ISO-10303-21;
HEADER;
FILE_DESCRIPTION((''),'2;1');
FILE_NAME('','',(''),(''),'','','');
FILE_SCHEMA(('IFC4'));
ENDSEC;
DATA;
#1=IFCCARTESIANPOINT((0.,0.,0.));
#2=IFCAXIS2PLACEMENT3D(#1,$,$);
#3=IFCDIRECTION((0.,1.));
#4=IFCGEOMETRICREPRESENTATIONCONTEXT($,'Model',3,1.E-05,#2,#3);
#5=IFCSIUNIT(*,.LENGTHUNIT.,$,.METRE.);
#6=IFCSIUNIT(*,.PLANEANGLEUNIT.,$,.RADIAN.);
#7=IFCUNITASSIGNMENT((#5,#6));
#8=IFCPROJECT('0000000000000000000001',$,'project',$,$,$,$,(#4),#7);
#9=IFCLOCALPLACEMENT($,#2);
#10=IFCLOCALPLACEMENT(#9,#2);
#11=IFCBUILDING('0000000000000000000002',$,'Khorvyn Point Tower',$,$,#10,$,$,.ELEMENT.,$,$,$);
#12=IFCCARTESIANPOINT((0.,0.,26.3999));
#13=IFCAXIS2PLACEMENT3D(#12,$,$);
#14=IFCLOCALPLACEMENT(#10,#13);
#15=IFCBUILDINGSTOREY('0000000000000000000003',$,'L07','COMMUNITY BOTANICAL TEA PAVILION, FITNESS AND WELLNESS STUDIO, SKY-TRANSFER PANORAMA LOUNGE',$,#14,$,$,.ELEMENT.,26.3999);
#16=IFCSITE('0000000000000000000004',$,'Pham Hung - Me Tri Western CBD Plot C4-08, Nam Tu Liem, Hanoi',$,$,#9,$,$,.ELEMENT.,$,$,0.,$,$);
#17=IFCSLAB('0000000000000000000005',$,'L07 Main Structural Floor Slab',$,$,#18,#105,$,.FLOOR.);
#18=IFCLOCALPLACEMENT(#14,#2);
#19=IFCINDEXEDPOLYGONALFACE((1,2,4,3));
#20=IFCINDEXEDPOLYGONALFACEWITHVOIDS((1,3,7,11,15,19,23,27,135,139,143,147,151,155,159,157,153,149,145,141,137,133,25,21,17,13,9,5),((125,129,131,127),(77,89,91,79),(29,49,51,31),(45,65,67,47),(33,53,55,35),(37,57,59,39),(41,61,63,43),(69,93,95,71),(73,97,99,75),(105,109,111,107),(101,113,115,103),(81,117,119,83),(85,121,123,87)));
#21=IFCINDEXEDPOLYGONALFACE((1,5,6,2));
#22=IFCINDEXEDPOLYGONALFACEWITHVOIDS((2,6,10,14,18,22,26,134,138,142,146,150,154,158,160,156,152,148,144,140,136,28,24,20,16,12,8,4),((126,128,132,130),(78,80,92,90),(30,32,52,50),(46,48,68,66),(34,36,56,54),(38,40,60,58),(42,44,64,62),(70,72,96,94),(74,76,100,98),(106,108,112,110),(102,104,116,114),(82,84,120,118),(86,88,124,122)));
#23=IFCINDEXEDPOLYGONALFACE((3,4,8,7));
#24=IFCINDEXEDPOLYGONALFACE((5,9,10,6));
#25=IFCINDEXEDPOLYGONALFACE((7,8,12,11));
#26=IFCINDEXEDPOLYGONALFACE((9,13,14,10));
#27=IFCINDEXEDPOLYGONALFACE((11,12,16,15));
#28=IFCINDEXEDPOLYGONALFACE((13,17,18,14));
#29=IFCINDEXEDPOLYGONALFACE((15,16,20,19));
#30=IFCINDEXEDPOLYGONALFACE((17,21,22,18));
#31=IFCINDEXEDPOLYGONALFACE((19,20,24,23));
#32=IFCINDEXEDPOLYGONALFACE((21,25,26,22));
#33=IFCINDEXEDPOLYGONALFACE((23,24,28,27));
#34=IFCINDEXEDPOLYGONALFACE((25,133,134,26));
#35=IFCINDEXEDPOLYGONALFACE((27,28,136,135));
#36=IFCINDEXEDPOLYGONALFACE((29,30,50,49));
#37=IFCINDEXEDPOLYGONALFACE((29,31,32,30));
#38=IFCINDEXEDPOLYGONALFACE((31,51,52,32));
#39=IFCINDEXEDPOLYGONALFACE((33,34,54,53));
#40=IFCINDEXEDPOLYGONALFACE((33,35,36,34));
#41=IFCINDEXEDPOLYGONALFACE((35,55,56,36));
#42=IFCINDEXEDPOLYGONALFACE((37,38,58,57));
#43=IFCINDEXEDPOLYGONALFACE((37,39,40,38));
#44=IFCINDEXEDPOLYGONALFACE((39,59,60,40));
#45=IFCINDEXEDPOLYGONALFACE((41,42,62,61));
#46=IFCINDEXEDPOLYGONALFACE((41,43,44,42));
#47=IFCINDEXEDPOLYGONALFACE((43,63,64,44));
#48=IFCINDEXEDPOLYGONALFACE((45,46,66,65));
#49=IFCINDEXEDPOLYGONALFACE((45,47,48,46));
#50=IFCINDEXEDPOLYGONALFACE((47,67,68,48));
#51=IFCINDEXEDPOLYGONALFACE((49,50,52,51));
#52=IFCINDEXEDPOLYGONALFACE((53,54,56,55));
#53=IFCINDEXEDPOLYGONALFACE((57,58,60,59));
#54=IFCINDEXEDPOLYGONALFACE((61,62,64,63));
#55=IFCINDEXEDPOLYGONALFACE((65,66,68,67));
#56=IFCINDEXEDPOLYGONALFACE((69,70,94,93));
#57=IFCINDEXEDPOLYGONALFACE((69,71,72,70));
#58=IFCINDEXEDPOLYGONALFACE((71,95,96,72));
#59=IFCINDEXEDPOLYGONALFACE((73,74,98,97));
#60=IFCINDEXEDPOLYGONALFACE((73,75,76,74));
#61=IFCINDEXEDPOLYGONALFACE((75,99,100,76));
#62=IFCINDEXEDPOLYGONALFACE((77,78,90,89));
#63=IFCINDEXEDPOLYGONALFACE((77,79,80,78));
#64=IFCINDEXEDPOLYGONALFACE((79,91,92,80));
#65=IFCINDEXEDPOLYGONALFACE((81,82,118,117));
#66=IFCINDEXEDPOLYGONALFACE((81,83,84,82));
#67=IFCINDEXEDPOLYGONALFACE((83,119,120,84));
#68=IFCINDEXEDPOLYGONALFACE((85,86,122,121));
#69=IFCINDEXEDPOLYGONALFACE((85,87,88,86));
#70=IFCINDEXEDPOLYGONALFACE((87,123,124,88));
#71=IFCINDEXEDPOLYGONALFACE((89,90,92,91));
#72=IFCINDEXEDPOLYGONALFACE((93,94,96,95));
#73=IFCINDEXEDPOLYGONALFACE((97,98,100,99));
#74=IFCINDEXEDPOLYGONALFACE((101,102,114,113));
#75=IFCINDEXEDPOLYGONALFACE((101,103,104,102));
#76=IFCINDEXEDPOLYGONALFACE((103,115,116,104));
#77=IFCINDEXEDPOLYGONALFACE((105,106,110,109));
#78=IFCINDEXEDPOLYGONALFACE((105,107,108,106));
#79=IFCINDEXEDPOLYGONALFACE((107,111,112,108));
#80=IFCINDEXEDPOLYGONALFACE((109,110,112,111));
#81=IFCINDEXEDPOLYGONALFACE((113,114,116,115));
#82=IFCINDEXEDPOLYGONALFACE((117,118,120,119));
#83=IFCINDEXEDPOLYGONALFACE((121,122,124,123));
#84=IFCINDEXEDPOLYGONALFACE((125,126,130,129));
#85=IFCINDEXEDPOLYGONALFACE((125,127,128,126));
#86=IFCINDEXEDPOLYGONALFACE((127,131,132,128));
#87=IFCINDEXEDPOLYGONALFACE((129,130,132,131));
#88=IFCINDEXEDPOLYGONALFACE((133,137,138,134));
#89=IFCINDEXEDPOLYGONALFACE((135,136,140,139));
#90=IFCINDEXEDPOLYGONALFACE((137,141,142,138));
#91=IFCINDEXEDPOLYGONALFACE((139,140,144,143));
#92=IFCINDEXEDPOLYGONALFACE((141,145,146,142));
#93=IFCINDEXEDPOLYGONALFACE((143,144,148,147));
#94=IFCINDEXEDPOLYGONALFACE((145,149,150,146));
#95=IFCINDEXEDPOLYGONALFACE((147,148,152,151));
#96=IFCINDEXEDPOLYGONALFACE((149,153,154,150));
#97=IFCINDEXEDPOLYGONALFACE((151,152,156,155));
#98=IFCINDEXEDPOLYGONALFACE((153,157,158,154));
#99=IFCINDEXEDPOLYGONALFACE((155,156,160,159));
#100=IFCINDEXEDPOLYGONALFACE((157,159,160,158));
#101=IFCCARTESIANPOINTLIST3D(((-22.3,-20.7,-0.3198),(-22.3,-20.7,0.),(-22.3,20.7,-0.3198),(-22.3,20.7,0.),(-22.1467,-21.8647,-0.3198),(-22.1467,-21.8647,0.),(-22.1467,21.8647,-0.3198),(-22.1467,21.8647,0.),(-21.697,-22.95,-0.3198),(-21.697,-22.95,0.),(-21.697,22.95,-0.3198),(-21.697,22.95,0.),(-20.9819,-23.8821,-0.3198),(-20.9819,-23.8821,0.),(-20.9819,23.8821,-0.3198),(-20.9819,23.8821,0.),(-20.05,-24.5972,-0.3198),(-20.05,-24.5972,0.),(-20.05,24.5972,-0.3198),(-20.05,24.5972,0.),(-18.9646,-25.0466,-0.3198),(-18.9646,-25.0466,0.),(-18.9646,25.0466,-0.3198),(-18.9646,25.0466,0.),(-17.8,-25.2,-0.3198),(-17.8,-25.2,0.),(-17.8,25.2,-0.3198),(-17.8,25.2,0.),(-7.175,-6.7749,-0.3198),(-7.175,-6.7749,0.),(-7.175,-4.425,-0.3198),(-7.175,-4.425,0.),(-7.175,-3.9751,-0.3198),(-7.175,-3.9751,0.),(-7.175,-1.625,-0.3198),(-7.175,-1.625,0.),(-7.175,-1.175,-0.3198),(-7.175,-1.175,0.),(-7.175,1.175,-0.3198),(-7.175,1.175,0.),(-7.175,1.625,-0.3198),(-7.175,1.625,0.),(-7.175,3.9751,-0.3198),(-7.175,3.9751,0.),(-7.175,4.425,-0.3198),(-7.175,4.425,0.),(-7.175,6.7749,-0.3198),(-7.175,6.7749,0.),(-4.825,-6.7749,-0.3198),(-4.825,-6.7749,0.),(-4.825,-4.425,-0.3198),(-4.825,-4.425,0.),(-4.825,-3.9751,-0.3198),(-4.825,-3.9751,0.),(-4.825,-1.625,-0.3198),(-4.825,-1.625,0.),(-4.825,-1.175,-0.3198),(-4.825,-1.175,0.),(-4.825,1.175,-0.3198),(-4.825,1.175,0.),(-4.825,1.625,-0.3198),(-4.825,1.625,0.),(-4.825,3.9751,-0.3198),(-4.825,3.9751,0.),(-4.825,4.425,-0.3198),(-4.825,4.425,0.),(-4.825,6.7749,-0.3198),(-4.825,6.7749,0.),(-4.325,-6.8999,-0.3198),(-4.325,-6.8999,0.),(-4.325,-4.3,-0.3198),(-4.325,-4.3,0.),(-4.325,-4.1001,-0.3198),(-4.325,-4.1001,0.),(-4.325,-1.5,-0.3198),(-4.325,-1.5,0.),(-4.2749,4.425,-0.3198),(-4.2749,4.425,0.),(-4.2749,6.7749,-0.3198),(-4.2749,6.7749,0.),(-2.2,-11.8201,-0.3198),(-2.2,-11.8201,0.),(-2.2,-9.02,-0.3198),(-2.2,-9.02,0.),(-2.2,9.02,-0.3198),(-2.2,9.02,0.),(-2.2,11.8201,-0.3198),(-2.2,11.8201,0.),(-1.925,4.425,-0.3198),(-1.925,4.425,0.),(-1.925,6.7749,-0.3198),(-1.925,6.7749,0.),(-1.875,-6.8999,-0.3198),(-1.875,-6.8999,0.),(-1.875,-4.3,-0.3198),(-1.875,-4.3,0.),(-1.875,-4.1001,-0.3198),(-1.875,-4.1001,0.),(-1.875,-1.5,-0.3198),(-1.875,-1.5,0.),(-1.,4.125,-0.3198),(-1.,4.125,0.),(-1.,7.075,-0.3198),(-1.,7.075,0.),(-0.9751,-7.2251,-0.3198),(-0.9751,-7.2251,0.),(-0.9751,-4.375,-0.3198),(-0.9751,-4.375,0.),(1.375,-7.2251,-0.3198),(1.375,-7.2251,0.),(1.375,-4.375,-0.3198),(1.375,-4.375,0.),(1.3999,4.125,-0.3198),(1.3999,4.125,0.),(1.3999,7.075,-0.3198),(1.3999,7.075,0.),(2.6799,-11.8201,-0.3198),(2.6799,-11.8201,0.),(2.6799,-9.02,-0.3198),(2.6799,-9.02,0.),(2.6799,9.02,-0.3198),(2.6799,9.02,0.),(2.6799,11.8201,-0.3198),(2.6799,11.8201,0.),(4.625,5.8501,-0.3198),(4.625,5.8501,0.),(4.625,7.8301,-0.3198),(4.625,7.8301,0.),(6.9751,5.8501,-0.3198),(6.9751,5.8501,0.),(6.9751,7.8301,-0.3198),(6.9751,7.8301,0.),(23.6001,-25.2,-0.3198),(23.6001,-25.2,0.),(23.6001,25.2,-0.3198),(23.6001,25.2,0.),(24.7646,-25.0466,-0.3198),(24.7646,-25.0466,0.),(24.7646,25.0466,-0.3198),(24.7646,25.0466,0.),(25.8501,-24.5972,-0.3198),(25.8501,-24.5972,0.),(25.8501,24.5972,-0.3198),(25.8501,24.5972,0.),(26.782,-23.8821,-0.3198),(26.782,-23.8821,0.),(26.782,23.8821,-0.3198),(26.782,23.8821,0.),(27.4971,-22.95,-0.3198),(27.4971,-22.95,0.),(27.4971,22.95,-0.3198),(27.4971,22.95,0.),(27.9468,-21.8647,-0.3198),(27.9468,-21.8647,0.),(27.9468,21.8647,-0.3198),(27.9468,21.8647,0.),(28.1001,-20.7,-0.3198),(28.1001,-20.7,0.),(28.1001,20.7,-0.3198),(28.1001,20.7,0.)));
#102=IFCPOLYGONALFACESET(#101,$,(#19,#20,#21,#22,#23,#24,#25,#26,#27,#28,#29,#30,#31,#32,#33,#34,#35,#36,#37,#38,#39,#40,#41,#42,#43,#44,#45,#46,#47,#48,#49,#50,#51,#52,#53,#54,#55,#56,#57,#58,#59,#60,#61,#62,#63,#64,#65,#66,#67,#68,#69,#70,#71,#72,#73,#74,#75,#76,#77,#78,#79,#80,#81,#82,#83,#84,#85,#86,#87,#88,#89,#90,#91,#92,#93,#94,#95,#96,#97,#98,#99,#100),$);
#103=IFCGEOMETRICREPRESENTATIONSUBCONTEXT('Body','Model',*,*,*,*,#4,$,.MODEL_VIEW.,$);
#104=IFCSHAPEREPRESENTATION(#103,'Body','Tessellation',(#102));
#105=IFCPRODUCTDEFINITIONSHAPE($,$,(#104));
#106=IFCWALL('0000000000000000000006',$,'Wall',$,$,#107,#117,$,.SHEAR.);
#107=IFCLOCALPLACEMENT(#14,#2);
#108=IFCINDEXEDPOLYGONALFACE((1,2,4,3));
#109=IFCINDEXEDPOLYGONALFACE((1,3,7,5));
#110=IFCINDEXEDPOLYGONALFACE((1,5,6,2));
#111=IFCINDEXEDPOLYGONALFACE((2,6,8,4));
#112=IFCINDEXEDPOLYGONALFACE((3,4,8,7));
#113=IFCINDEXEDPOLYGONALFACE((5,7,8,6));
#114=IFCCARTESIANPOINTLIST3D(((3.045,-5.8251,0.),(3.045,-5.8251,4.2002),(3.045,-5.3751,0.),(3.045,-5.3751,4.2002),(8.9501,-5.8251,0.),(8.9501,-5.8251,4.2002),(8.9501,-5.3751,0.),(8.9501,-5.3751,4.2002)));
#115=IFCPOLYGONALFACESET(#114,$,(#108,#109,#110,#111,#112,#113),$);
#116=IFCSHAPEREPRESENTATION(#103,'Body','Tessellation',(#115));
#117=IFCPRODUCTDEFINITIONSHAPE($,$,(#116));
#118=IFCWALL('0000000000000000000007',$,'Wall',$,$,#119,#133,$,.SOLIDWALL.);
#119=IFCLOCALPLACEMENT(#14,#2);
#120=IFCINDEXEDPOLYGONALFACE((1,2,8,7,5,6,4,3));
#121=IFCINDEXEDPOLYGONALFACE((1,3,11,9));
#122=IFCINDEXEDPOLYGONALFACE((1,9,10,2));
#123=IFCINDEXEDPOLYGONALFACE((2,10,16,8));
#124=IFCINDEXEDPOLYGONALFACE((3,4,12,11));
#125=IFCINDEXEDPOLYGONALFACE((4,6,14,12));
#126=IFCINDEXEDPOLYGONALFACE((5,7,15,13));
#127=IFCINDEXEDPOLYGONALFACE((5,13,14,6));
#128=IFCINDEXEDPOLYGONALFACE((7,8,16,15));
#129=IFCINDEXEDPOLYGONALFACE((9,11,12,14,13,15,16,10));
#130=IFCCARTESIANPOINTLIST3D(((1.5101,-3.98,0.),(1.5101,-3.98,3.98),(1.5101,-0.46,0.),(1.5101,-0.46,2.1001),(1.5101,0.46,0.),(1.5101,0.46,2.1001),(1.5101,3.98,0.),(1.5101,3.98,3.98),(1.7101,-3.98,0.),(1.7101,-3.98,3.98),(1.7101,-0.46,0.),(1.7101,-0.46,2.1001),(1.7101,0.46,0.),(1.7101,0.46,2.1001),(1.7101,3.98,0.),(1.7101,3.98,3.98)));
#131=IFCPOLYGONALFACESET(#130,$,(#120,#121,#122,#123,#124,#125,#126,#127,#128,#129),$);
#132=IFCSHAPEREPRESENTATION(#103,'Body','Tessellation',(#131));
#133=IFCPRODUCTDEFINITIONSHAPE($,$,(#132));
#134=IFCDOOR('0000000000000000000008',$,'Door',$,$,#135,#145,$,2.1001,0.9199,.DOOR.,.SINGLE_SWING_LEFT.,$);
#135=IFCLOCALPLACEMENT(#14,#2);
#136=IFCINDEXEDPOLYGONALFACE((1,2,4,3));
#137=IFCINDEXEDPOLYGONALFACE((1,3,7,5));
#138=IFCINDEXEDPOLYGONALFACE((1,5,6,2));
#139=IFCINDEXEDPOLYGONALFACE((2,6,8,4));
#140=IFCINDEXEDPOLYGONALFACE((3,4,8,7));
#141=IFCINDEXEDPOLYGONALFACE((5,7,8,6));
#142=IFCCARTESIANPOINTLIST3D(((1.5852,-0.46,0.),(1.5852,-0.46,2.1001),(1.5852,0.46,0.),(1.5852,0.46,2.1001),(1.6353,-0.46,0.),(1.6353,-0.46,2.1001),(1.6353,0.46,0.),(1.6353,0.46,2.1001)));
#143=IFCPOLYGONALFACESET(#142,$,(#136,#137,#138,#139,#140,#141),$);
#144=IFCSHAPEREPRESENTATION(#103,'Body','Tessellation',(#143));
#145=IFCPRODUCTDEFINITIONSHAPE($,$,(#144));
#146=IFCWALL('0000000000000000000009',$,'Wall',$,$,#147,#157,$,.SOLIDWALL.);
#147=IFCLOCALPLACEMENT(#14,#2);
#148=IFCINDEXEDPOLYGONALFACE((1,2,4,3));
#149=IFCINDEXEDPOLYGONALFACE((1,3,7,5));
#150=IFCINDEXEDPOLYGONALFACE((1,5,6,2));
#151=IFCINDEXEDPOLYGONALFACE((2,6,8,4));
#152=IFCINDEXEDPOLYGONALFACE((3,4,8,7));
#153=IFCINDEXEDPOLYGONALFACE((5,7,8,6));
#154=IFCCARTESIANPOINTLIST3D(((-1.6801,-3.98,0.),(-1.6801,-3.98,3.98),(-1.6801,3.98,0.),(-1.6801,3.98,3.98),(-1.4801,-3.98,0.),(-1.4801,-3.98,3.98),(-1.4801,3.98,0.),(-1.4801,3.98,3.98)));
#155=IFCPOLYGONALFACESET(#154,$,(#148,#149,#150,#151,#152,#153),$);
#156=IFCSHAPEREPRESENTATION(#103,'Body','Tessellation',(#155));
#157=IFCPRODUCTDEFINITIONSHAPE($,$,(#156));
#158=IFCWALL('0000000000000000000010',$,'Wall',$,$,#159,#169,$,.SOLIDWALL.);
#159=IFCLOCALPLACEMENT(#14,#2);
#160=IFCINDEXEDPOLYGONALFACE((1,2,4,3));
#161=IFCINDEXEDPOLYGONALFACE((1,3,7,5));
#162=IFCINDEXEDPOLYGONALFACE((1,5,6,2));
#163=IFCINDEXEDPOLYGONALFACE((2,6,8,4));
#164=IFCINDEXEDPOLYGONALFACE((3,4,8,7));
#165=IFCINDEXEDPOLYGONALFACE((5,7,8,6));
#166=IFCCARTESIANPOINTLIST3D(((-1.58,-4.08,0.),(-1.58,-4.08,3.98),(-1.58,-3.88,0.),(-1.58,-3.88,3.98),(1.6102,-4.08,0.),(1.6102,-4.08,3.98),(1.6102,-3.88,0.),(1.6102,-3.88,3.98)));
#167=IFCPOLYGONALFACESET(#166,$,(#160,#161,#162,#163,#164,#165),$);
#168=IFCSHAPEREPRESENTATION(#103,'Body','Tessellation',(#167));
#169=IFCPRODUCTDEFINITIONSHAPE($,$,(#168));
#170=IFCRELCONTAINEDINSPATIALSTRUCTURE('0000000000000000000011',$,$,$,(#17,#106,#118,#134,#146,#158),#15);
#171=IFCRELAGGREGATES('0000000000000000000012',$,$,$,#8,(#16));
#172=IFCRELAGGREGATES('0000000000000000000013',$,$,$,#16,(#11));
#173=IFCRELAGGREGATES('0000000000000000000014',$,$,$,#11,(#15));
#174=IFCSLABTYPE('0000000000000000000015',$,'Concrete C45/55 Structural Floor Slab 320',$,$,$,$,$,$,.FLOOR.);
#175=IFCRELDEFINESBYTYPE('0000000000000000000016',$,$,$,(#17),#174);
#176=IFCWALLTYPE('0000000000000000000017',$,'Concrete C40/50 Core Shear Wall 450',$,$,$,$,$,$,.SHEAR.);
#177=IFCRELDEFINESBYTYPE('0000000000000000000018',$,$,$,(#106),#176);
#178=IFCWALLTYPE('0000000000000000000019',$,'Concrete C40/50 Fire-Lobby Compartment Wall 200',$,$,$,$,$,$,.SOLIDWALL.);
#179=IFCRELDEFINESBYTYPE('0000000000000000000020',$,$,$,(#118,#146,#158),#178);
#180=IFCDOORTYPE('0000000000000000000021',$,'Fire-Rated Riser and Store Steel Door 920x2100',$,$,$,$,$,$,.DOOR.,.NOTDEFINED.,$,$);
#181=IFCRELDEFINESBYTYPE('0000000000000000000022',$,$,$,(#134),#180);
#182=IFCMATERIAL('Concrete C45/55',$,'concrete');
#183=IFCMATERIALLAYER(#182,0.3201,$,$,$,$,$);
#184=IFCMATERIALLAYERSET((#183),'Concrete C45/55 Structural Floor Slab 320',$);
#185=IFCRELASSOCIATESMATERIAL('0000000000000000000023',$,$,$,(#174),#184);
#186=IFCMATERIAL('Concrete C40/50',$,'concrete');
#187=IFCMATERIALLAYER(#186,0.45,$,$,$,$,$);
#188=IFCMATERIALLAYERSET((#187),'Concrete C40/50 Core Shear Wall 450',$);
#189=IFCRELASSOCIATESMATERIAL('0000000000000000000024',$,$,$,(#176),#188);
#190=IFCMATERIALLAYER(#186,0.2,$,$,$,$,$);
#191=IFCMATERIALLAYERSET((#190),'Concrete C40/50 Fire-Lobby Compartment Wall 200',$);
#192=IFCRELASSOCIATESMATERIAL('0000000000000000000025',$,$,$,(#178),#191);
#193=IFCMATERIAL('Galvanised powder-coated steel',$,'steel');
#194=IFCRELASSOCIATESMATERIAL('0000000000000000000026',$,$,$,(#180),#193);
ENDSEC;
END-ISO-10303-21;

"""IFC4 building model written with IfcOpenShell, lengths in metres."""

from ifc_helpers import new_model, si_unit, direction, frame, frame_2d, origin, place, context, subcontext, project, spatial, polyline, rectangle, outline, extrude, material, layer, layer_set, type_object, element, fill, save


model = new_model("IFC4")

# Units and contexts
model_context = context("Model", 3, precision=1e-05, world=origin(), true_north=direction((0.0, 1.0)))
body_context = subcontext(model_context, "Body", "Model", "MODEL_VIEW")
ifc_project = project(units=[si_unit("LENGTHUNIT", "METRE"), si_unit("PLANEANGLEUNIT", "RADIAN")], contexts=[model_context])

# Site, building, storey
site_placement = place(None, origin())
site = spatial("IfcSite", under=ifc_project, at=site_placement, Name="Pham Hung - Me Tri Western CBD Plot C4-08, Nam Tu Liem, Hanoi", CompositionType="ELEMENT", RefElevation=0.0)
building_placement = place(site_placement, origin())
building = spatial("IfcBuilding", under=site, at=building_placement, Name="Khorvyn Point Tower", CompositionType="ELEMENT")
storey_placement = place(building_placement, frame((0.0, 0.0, 26.3999)))
storey = spatial("IfcBuildingStorey", under=building, at=storey_placement, Name="L07", Description="COMMUNITY BOTANICAL TEA PAVILION, FITNESS AND WELLNESS STUDIO, SKY-TRANSFER PANORAMA LOUNGE", CompositionType="ELEMENT", Elevation=26.3999)

# Shared definitions
ifc_material_1 = material(Name="Concrete C40/50", Category="concrete")

# Slab
ifc_material_2 = material(Name="Concrete C45/55", Category="concrete")
ifc_layer_1 = layer(ifc_material_2, 0.3201)
ifc_layer_set_1 = layer_set([ifc_layer_1], Name="Concrete C45/55 Structural Floor Slab 320")
slab_type_1 = type_object("IfcSlabType", Name="Concrete C45/55 Structural Floor Slab 320", PredefinedType="FLOOR", material=ifc_layer_set_1)
slab_1_placement = place(storey_placement, frame((0.0, 0.0, -0.3198)))
element("IfcSlab", 1, at=slab_1_placement, inside=storey, type_object=slab_type_1, Name="L07 Main Structural Floor Slab", PredefinedType="FLOOR", context=body_context, shape_type="SweptSolid", body=[
    extrude(outline(polyline([(-17.8, -25.2), (-18.9646, -25.0466), (-20.05, -24.5972), (-20.9819, -23.8821), (-21.697, -22.95), (-22.1467, -21.8647), (-22.3, -20.7), (-22.3, 20.7), (-22.1467, 21.8647), (-21.697, 22.95), (-20.9819, 23.8821), (-20.05, 24.5972), (-18.9646, 25.0466), (-17.8, 25.2), (23.6001, 25.2), (24.7646, 25.0466), (25.8501, 24.5972), (26.782, 23.8821), (27.4971, 22.95), (27.9468, 21.8647), (28.1001, 20.7), (28.1001, -20.7), (27.9468, -21.8647), (27.4971, -22.95), (26.782, -23.8821), (25.8501, -24.5972), (24.7646, -25.0466), (23.6001, -25.2), (-17.8, -25.2)]), holes=[polyline([(-4.825, -6.7749), (-4.825, -4.425), (-7.175, -4.425), (-7.175, -6.7749), (-4.825, -6.7749)]), polyline([(-4.325, -6.8999), (-1.875, -6.8999), (-1.875, -4.3), (-4.325, -4.3), (-4.325, -6.8999)]), polyline([(-7.175, -3.9751), (-4.825, -3.9751), (-4.825, -1.625), (-7.175, -1.625), (-7.175, -3.9751)]), polyline([(-4.825, -1.175), (-4.825, 1.175), (-7.175, 1.175), (-7.175, -1.175), (-4.825, -1.175)]), polyline([(-7.175, 1.625), (-4.825, 1.625), (-4.825, 3.9751), (-7.175, 3.9751), (-7.175, 1.625)]), polyline([(-7.175, 4.425), (-4.825, 4.425), (-4.825, 6.7749), (-7.175, 6.7749), (-7.175, 4.425)]), polyline([(-1.925, 4.425), (-1.925, 6.7749), (-4.2749, 6.7749), (-4.2749, 4.425), (-1.925, 4.425)]), polyline([(-2.2, -11.8201), (2.6799, -11.8201), (2.6799, -9.02), (-2.2, -9.02), (-2.2, -11.8201)]), polyline([(-0.9751, -7.2251), (1.375, -7.2251), (1.375, -4.375), (-0.9751, -4.375), (-0.9751, -7.2251)]), polyline([(-4.325, -4.1001), (-1.875, -4.1001), (-1.875, -1.5), (-4.325, -1.5), (-4.325, -4.1001)]), polyline([(-1.0, 4.125), (1.3999, 4.125), (1.3999, 7.075), (-1.0, 7.075), (-1.0, 4.125)]), polyline([(4.625, 5.8501), (6.9751, 5.8501), (6.9751, 7.8301), (4.625, 7.8301), (4.625, 5.8501)]), polyline([(-2.2, 9.02), (2.6799, 9.02), (2.6799, 11.8201), (-2.2, 11.8201), (-2.2, 9.02)])]), origin(), (0.0, 0.0, 1.0), 0.3198),
])

# Wall
ifc_layer_2 = layer(ifc_material_1, 0.45)
ifc_layer_set_2 = layer_set([ifc_layer_2], Name="Concrete C40/50 Core Shear Wall 450")
wall_type_1 = type_object("IfcWallType", Name="Concrete C40/50 Core Shear Wall 450", PredefinedType="SHEAR", material=ifc_layer_set_2)
wall_1_placement = place(storey_placement, frame((3.0449, -5.6001, 0.0), z_axis=(0.0, 0.0, 1.0), x_axis=(1.0, 0.0, 0.0)))
element("IfcWall", 2, at=wall_1_placement, inside=storey, type_object=wall_type_1, Name="Wall", PredefinedType="SHEAR", context=body_context, shape_type="SweptSolid", body=[
    extrude(rectangle(XDim=5.905, YDim=0.45, at=frame_2d((2.9526, 0.0))), origin(), (0.0, 0.0, 1.0), 4.2002),
])

# Wall, opening, door
ifc_layer_3 = layer(ifc_material_1, 0.2)
ifc_layer_set_3 = layer_set([ifc_layer_3], Name="Concrete C40/50 Fire-Lobby Compartment Wall 200")
wall_type_2 = type_object("IfcWallType", Name="Concrete C40/50 Fire-Lobby Compartment Wall 200", PredefinedType="SOLIDWALL", material=ifc_layer_set_3)
wall_2_placement = place(storey_placement, frame((1.6101, -3.98, 0.0), z_axis=(0.0, 0.0, 1.0), x_axis=(0.0, 1.0, 0.0)))
wall_2 = element("IfcWall", 3, at=wall_2_placement, inside=storey, type_object=wall_type_2, Name="Wall", PredefinedType="SOLIDWALL", context=body_context, shape_type="SweptSolid", body=[
    extrude(rectangle(XDim=7.96, YDim=0.2, at=frame_2d((3.98, 0.0))), origin(), (0.0, 0.0, 1.0), 3.98),
])
opening_1_placement = place(wall_2_placement, frame((3.52, 0.0, 0.0)))
opening_1 = element("IfcOpeningElement", 4, at=opening_1_placement, cuts=wall_2, PredefinedType="OPENING", context=body_context, shape_type="SweptSolid", body=[
    extrude(rectangle(XDim=0.9199, YDim=2.1001, at=frame_2d((0.46, 1.05))), frame((0.0, 0.1099, 0.0), z_axis=(0.0, -1.0, 0.0), x_axis=(1.0, 0.0, 0.0)), (0.0, 0.0, 1.0), 0.22),
])
ifc_material_3 = material(Name="Galvanised powder-coated steel", Category="steel")
door_type = type_object("IfcDoorType", Name="Fire-Rated Riser and Store Steel Door 920x2100", OperationType="NOTDEFINED", PredefinedType="DOOR", material=ifc_material_3)
door_placement = place(opening_1_placement, origin())
door = element("IfcDoor", 5, at=door_placement, inside=storey, type_object=door_type, Name="Door", OperationType="SINGLE_SWING_LEFT", OverallHeight=2.1001, OverallWidth=0.9199, PredefinedType="DOOR", context=body_context, shape_type="SweptSolid", body=[
    extrude(rectangle(XDim=0.9199, YDim=2.1001, at=frame_2d((0.46, 1.05))), frame((0.0, 0.0249, 0.0), z_axis=(0.0, -1.0, 0.0), x_axis=(1.0, 0.0, 0.0)), (0.0, 0.0, 1.0), 0.05),
])
fill(opening_1, door)

# Walls
wall_3_placement = place(storey_placement, frame((-1.5801, -3.98, 0.0), z_axis=(0.0, 0.0, 1.0), x_axis=(0.0, 1.0, 0.0)))
element("IfcWall", 6, at=wall_3_placement, inside=storey, type_object=wall_type_2, Name="Wall", PredefinedType="SOLIDWALL", context=body_context, shape_type="SweptSolid", body=[
    extrude(rectangle(XDim=7.96, YDim=0.2, at=frame_2d((3.98, 0.0))), origin(), (0.0, 0.0, 1.0), 3.98),
])
wall_4_placement = place(storey_placement, frame((-1.5801, -3.98, 0.0), z_axis=(0.0, 0.0, 1.0), x_axis=(1.0, 0.0, 0.0)))
element("IfcWall", 7, at=wall_4_placement, inside=storey, type_object=wall_type_2, Name="Wall", PredefinedType="SOLIDWALL", context=body_context, shape_type="SweptSolid", body=[
    extrude(rectangle(XDim=3.1902, YDim=0.2, at=frame_2d((1.5952, 0.0))), origin(), (0.0, 0.0, 1.0), 3.98),
])

save(model, "model.ifc")
